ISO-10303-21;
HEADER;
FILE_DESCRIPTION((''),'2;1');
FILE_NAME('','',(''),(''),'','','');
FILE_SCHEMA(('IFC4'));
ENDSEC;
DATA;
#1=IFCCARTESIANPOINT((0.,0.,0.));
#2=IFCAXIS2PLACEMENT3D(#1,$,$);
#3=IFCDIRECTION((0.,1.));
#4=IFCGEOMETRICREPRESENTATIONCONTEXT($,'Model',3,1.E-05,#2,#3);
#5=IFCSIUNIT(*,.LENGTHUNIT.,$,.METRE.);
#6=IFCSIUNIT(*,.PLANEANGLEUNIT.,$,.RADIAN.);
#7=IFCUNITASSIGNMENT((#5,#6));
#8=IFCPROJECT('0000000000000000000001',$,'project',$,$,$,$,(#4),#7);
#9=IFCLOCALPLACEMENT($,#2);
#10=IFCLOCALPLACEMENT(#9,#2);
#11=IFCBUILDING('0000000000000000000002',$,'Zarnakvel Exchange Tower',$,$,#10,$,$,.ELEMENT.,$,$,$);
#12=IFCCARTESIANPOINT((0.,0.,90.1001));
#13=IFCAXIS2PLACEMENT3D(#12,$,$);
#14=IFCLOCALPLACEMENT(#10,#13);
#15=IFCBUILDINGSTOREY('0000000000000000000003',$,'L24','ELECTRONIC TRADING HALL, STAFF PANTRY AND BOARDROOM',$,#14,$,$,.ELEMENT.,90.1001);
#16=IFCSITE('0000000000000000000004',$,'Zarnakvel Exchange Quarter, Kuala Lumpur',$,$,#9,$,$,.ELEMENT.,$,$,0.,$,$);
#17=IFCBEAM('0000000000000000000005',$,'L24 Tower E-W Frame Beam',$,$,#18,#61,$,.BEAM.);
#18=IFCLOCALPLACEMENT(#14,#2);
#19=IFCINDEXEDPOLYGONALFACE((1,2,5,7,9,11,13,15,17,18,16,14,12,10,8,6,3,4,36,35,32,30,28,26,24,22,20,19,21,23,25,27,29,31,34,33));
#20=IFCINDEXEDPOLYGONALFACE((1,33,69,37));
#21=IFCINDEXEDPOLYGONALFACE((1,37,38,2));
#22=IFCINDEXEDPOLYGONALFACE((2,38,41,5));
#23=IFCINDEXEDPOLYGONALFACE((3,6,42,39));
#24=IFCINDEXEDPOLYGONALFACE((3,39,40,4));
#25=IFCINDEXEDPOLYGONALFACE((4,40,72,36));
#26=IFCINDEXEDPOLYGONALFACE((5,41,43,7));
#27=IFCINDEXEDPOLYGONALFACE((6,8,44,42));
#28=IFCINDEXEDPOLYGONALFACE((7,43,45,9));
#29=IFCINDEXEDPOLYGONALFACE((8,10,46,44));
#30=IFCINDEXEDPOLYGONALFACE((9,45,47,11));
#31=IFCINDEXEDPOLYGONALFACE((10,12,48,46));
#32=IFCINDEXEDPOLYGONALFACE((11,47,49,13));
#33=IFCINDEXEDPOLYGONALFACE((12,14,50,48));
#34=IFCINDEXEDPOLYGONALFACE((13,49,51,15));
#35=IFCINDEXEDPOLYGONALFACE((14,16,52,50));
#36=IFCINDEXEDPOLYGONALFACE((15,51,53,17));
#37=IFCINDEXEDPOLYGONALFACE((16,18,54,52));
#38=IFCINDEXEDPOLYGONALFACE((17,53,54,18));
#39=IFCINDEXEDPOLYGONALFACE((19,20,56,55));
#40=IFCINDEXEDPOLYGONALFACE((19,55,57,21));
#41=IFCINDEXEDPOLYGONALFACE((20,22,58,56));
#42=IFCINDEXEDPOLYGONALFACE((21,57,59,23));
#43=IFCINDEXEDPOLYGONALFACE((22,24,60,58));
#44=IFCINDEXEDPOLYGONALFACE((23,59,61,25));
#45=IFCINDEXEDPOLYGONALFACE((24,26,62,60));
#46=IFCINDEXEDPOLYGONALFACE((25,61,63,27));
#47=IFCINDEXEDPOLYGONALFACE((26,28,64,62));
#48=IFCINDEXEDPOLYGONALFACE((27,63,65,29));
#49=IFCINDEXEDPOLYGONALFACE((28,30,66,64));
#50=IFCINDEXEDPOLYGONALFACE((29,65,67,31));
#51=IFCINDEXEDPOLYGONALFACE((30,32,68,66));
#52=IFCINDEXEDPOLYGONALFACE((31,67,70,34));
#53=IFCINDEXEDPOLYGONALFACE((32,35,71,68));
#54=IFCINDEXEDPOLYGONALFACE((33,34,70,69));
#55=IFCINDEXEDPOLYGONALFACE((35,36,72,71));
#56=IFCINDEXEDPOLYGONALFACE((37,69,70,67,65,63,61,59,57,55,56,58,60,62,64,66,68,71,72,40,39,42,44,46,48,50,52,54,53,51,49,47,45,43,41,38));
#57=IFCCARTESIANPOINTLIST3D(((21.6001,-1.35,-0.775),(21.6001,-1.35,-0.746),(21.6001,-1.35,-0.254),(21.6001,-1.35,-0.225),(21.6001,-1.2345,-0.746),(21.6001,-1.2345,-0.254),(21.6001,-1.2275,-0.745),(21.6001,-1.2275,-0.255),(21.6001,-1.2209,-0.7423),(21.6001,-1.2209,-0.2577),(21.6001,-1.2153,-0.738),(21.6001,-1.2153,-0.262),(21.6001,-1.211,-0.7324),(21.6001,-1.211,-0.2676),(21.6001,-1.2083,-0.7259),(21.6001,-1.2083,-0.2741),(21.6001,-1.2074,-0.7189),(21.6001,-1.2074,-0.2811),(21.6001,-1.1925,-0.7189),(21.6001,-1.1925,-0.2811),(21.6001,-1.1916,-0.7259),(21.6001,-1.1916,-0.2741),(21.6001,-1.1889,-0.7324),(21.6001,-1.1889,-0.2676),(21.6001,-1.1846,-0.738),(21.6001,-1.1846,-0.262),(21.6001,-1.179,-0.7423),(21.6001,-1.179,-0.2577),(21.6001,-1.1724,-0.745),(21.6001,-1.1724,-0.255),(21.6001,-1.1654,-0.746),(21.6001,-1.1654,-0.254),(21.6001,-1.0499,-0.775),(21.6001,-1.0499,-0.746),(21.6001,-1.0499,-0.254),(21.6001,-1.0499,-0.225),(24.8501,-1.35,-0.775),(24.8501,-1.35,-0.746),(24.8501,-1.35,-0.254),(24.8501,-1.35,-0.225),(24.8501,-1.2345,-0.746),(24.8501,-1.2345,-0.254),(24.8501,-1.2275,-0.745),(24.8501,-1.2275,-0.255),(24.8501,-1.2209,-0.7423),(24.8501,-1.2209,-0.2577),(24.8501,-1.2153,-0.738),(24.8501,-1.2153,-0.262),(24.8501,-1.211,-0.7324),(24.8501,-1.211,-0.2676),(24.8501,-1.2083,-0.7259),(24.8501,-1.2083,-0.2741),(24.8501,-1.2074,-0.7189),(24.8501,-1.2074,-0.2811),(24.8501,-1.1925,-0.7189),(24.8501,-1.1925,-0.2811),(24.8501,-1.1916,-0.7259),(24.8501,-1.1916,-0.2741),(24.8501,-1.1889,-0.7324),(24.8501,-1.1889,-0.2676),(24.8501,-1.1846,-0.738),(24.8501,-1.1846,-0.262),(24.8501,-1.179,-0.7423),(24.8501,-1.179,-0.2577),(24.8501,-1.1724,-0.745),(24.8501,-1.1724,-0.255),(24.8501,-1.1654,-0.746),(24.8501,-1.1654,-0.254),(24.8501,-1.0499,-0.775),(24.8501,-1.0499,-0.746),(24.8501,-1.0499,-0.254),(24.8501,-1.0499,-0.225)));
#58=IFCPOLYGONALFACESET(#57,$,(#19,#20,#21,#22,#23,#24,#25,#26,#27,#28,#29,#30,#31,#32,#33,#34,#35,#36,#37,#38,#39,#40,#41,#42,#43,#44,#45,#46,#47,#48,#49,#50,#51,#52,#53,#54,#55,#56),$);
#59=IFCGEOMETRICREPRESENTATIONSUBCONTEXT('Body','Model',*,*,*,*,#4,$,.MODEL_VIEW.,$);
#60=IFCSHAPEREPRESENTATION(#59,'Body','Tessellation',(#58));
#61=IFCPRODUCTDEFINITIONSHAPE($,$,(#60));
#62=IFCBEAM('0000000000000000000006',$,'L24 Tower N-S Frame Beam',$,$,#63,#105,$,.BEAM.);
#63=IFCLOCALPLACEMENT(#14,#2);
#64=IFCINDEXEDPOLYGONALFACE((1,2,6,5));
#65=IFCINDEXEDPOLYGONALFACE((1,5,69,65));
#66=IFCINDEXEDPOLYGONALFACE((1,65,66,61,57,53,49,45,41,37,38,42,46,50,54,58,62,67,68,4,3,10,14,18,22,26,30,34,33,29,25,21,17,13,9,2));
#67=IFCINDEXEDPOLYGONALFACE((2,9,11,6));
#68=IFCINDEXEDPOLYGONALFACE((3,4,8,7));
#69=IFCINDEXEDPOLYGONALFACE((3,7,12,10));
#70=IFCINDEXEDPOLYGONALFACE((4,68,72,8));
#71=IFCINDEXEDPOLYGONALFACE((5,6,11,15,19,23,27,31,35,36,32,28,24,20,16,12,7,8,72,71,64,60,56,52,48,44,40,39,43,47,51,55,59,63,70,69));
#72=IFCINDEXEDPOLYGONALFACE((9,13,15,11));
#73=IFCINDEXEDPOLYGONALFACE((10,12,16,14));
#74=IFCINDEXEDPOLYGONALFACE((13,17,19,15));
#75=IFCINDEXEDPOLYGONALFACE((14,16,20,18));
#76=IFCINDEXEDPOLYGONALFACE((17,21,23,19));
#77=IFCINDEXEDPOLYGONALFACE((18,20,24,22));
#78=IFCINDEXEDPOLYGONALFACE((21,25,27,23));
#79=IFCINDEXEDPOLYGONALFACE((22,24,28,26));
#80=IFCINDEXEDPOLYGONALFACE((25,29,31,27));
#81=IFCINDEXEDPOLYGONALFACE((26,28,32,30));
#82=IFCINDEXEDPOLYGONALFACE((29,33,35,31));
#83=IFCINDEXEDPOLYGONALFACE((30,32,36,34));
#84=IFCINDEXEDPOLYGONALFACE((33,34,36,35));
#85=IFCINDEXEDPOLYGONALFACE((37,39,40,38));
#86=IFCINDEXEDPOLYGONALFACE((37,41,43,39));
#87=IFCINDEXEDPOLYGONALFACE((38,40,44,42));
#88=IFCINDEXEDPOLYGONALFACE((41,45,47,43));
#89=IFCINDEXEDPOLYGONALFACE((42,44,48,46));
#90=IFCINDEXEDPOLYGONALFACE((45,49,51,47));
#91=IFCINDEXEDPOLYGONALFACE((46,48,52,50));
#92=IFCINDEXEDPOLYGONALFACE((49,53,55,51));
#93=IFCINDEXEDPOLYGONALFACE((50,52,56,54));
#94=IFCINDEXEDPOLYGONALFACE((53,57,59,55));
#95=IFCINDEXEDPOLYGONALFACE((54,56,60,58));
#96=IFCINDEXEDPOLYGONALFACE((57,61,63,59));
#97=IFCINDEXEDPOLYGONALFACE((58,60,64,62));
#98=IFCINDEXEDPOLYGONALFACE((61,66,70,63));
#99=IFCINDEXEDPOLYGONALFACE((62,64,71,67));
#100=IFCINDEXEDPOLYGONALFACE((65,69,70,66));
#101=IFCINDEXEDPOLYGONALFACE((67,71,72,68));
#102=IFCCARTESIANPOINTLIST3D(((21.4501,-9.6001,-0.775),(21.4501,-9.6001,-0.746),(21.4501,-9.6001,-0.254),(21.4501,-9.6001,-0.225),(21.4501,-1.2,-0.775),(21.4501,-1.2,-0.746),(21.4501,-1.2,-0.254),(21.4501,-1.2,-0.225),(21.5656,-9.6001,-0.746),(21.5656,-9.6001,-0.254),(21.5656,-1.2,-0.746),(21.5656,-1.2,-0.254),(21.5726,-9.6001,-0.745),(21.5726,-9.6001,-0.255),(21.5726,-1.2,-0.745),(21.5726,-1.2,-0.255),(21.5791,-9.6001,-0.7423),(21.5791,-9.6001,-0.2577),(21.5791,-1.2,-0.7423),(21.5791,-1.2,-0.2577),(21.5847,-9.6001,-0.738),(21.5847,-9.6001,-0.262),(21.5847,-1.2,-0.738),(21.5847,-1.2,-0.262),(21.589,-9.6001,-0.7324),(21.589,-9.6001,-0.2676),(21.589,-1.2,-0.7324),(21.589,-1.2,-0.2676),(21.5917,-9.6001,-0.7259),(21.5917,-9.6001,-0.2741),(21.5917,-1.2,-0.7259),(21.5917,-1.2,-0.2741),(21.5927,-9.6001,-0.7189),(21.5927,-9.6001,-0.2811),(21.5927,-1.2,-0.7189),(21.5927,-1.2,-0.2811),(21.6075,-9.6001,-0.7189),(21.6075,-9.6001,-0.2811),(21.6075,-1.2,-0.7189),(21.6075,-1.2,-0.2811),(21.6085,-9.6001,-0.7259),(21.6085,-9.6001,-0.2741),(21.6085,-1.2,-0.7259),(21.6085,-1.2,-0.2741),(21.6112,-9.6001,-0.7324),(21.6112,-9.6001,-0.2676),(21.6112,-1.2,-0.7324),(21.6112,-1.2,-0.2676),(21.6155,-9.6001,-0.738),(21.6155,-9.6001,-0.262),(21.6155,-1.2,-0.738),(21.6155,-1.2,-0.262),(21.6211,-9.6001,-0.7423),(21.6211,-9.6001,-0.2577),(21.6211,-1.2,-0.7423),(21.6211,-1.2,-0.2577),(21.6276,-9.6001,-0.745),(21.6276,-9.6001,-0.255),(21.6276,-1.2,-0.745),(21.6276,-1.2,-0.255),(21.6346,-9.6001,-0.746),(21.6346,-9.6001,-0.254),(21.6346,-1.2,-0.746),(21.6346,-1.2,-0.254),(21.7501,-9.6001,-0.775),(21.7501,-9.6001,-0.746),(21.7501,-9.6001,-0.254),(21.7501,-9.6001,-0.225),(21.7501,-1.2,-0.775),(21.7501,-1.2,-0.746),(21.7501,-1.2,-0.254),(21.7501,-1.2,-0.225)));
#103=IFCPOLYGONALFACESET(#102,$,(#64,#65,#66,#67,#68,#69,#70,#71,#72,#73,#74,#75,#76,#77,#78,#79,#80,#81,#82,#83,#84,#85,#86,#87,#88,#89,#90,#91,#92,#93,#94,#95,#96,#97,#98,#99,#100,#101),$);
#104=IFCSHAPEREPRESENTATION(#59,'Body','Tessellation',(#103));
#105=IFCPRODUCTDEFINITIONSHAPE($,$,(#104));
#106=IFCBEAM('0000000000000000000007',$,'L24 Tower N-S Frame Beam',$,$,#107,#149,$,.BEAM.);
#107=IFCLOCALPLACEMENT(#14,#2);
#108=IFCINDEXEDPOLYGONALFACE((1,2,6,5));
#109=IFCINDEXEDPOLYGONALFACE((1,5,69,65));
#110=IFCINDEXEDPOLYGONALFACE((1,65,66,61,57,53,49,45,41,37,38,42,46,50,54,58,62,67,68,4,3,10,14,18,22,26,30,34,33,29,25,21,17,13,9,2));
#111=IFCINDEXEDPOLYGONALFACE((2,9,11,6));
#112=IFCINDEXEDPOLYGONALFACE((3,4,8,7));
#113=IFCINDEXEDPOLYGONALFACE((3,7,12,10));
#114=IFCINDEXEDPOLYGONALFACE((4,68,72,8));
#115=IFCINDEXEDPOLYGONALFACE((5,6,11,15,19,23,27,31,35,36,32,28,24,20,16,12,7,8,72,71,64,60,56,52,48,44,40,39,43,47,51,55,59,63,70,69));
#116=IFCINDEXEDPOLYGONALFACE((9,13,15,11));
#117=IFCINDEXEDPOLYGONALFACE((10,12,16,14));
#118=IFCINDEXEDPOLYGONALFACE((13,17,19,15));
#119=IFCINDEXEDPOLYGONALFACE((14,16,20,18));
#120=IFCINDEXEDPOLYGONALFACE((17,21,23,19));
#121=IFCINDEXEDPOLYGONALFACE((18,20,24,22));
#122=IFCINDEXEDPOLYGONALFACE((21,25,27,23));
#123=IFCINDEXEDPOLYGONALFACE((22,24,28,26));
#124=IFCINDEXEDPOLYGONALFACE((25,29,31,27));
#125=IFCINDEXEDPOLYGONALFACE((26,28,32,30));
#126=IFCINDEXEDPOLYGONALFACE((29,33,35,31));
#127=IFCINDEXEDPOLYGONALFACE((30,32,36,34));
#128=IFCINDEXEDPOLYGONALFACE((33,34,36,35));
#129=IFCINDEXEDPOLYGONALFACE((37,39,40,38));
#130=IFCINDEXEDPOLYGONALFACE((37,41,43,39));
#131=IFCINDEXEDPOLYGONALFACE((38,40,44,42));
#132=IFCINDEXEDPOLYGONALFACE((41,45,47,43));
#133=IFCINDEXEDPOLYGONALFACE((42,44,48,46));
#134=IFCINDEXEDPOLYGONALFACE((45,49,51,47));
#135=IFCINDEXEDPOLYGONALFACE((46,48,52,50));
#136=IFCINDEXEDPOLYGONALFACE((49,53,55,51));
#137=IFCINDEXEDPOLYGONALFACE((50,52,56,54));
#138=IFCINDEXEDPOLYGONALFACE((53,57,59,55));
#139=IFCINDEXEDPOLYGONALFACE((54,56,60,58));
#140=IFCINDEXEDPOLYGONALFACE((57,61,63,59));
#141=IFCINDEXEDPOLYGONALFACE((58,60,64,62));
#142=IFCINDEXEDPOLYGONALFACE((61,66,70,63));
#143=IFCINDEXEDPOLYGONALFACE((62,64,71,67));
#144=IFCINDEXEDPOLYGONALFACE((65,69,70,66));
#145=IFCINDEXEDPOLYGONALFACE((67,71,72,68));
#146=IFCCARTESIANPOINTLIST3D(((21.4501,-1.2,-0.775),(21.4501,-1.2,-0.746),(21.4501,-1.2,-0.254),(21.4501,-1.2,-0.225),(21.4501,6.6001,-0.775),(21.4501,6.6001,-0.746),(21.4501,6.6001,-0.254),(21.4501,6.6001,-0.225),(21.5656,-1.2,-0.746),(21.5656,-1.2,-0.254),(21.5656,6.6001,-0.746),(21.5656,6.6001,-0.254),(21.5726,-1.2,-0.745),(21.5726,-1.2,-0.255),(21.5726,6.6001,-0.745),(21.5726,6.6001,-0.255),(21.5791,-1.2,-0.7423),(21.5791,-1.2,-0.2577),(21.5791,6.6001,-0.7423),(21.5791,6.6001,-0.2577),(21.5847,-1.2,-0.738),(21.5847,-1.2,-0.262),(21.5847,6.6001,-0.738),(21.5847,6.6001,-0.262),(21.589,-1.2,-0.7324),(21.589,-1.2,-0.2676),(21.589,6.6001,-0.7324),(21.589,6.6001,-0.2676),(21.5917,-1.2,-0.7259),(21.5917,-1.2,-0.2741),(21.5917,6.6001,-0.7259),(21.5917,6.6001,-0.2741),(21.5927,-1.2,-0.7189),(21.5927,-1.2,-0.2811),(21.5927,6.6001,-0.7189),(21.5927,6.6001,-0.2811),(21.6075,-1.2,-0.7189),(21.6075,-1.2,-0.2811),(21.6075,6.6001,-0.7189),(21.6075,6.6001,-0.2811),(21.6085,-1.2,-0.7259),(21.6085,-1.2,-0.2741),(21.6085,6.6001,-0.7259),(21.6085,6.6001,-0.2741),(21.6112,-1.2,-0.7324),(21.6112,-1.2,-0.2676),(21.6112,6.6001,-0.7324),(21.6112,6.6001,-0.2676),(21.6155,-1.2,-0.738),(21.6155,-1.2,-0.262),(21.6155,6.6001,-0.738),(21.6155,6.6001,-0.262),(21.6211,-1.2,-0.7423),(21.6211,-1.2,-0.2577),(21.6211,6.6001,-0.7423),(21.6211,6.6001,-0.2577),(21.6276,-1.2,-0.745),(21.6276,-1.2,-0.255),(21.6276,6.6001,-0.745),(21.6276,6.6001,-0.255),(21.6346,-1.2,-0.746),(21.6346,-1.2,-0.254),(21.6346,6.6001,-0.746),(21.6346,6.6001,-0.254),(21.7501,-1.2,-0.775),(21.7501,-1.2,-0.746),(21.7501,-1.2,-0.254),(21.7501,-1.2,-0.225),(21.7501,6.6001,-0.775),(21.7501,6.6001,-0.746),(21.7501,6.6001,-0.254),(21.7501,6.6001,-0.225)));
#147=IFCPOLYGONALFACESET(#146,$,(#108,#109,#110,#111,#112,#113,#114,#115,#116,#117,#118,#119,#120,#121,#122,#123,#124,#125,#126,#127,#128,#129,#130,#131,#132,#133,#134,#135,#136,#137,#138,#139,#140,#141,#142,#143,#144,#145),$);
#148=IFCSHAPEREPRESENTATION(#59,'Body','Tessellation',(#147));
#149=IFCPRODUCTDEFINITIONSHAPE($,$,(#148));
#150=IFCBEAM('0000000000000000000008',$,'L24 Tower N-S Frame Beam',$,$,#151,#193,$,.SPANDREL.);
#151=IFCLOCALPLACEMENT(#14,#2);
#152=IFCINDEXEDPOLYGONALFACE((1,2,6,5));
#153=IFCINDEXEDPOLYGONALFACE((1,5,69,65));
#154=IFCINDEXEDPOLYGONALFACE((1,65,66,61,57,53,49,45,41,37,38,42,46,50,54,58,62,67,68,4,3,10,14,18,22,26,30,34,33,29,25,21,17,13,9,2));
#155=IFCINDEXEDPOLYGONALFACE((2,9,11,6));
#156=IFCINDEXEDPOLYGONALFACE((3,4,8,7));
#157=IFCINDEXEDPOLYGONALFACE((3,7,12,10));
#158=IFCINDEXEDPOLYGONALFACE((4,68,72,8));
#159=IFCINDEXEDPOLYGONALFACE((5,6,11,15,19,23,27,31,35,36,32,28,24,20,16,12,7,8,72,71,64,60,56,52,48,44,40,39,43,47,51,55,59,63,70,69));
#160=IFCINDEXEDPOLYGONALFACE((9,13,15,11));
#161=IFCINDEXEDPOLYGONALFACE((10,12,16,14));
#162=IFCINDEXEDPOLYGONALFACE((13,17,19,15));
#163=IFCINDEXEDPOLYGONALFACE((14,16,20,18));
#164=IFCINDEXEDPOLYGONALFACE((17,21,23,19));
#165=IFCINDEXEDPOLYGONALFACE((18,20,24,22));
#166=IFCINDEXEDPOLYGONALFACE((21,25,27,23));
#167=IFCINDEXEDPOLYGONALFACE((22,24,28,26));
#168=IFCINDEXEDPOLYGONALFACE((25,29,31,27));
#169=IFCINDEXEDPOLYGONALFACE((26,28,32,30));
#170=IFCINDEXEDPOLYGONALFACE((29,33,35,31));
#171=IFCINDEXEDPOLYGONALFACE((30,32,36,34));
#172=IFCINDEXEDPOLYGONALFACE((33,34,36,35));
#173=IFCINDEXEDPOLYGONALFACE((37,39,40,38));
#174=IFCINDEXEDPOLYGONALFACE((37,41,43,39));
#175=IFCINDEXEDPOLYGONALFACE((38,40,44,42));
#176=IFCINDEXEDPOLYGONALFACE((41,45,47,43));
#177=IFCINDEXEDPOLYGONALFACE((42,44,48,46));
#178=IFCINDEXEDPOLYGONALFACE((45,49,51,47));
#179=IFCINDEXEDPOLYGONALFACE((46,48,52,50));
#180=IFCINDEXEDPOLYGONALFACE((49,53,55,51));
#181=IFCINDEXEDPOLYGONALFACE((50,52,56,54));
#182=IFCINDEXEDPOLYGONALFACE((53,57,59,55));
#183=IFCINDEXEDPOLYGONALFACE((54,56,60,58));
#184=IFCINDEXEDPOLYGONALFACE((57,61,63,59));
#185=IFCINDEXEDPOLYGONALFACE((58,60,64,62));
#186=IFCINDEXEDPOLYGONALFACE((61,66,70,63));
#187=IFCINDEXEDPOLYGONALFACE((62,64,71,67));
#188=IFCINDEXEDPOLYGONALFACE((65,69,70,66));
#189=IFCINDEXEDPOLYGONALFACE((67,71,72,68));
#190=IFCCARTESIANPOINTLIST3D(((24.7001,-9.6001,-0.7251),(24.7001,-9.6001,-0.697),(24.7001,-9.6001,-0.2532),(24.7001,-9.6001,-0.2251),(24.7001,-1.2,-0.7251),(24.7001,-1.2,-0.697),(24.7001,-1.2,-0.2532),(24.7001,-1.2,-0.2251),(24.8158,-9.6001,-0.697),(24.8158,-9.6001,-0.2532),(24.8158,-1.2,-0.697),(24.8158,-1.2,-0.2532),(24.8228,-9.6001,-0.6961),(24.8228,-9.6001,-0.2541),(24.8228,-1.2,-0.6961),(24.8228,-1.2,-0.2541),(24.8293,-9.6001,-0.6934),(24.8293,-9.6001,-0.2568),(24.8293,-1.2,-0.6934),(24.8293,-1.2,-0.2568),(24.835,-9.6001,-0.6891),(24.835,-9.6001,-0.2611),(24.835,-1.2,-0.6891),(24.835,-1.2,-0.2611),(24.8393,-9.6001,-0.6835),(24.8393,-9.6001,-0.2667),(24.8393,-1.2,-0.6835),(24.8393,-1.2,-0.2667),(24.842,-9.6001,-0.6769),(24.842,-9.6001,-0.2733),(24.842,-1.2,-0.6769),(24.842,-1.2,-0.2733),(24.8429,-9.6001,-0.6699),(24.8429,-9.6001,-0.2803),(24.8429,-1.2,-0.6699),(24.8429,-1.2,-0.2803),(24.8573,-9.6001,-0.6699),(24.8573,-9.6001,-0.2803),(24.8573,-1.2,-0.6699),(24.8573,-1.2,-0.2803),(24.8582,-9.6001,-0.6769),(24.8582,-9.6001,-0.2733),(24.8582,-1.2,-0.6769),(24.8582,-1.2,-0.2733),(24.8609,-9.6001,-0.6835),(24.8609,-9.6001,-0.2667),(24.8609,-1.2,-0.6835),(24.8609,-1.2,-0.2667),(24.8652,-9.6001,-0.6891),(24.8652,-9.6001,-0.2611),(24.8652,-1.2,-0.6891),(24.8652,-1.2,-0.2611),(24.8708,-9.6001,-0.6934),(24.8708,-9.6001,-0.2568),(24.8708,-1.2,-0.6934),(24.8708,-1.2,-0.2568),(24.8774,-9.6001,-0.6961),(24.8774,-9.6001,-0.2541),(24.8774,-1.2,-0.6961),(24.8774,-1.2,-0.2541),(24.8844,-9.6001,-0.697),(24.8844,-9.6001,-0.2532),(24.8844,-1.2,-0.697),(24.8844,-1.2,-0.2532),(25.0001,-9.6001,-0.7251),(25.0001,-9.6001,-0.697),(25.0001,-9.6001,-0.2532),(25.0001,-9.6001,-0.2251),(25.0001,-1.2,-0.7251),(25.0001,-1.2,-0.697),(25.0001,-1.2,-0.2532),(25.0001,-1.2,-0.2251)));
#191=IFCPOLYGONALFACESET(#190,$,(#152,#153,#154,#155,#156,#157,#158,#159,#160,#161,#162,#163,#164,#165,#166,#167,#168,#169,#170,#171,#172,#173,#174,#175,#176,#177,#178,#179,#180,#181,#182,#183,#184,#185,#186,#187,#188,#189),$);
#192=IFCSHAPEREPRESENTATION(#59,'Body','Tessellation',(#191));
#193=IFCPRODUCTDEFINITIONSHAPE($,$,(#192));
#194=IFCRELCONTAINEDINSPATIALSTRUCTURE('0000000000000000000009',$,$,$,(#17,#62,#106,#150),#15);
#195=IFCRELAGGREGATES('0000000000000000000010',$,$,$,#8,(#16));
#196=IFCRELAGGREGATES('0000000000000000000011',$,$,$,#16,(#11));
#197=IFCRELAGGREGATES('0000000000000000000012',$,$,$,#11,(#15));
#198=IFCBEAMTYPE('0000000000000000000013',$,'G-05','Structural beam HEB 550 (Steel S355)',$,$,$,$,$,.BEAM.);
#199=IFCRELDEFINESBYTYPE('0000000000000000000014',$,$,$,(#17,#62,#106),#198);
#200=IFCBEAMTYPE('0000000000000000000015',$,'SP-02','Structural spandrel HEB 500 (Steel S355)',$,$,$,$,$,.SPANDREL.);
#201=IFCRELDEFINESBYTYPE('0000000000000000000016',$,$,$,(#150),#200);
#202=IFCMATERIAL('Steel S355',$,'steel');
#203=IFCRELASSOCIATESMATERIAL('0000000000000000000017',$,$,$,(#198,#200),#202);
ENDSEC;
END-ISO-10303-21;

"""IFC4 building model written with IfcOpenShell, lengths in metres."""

from ifc_helpers import new_model, si_unit, direction, frame, origin, origin_2d, place, context, subcontext, project, spatial, i_section, extrude, material, material_profile, profile_set, type_object, element, save


model = new_model("IFC4")

# Units and contexts
model_context = context("Model", 3, precision=1e-05, world=origin(), true_north=direction((0.0, 1.0)))
body_context = subcontext(model_context, "Body", "Model", "MODEL_VIEW")
ifc_project = project(units=[si_unit("LENGTHUNIT", "METRE"), si_unit("PLANEANGLEUNIT", "RADIAN")], contexts=[model_context])

# Site, building, storey
site_placement = place(None, origin())
site = spatial("IfcSite", under=ifc_project, at=site_placement, Name="Zarnakvel Exchange Quarter, Kuala Lumpur", CompositionType="ELEMENT", RefElevation=0.0)
building_placement = place(site_placement, origin())
building = spatial("IfcBuilding", under=site, at=building_placement, Name="Zarnakvel Exchange Tower", CompositionType="ELEMENT")
storey_placement = place(building_placement, frame((0.0, 0.0, 90.1001)))
storey = spatial("IfcBuildingStorey", under=building, at=storey_placement, Name="L24", Description="ELECTRONIC TRADING HALL, STAFF PANTRY AND BOARDROOM", CompositionType="ELEMENT", Elevation=90.1001)

# Shared definitions
ifc_material_1 = material(Name="Steel S355", Category="steel")

# Beams
ifc_material_profile_1 = material_profile(ifc_material_1, i_section(OverallWidth=0.3, OverallDepth=0.55, WebThickness=0.0149, FlangeThickness=0.0291, FilletRadius=0.0271, at=origin_2d()))
ifc_profile_set_1 = profile_set([ifc_material_profile_1], Name="Steel S355")
beam_type_1 = type_object("IfcBeamType", Name="G-05", Description="Structural beam HEB 550 (Steel S355)", PredefinedType="BEAM", material=ifc_profile_set_1)
beam_1_placement = place(storey_placement, frame((21.6001, -1.2, -0.5), z_axis=(1.0, 0.0, 0.0), x_axis=(0.0, 1.0, 0.0)))
element("IfcBeam", 1, at=beam_1_placement, inside=storey, type_object=beam_type_1, Name="L24 Tower E-W Frame Beam", PredefinedType="BEAM", context=body_context, shape_type="SweptSolid", body=[
    extrude(i_section(OverallWidth=0.3, OverallDepth=0.55, WebThickness=0.0149, FlangeThickness=0.0291, FilletRadius=0.0271, at=origin_2d()), origin(), (0.0, 0.0, 1.0), 3.25),
])
beam_2_placement = place(storey_placement, frame((21.6001, -9.6001, -0.5), z_axis=(0.0, 1.0, 0.0), x_axis=(-1.0, 0.0, 0.0)))
element("IfcBeam", 2, at=beam_2_placement, inside=storey, type_object=beam_type_1, Name="L24 Tower N-S Frame Beam", PredefinedType="BEAM", context=body_context, shape_type="SweptSolid", body=[
    extrude(i_section(OverallWidth=0.3, OverallDepth=0.55, WebThickness=0.0149, FlangeThickness=0.0291, FilletRadius=0.0271, at=origin_2d()), origin(), (0.0, 0.0, 1.0), 8.4001),
])
beam_3_placement = place(storey_placement, frame((21.6001, -1.2, -0.5), z_axis=(0.0, 1.0, 0.0), x_axis=(-1.0, 0.0, 0.0)))
element("IfcBeam", 3, at=beam_3_placement, inside=storey, type_object=beam_type_1, Name="L24 Tower N-S Frame Beam", PredefinedType="BEAM", context=body_context, shape_type="SweptSolid", body=[
    extrude(i_section(OverallWidth=0.3, OverallDepth=0.55, WebThickness=0.0149, FlangeThickness=0.0291, FilletRadius=0.0271, at=origin_2d()), origin(), (0.0, 0.0, 1.0), 7.8),
])
ifc_material_profile_2 = material_profile(ifc_material_1, i_section(OverallWidth=0.3, OverallDepth=0.5, WebThickness=0.0144, FlangeThickness=0.0281, FilletRadius=0.0271, at=origin_2d()))
ifc_profile_set_2 = profile_set([ifc_material_profile_2], Name="Steel S355")
beam_type_2 = type_object("IfcBeamType", Name="SP-02", Description="Structural spandrel HEB 500 (Steel S355)", PredefinedType="SPANDREL", material=ifc_profile_set_2)
beam_4_placement = place(storey_placement, frame((24.8501, -9.6001, -0.4751), z_axis=(0.0, 1.0, 0.0), x_axis=(-1.0, 0.0, 0.0)))
element("IfcBeam", 4, at=beam_4_placement, inside=storey, type_object=beam_type_2, Name="L24 Tower N-S Frame Beam", PredefinedType="SPANDREL", context=body_context, shape_type="SweptSolid", body=[
    extrude(i_section(OverallWidth=0.3, OverallDepth=0.5, WebThickness=0.0144, FlangeThickness=0.0281, FilletRadius=0.0271, at=origin_2d()), origin(), (0.0, 0.0, 1.0), 8.4001),
])

save(model, "model.ifc")
